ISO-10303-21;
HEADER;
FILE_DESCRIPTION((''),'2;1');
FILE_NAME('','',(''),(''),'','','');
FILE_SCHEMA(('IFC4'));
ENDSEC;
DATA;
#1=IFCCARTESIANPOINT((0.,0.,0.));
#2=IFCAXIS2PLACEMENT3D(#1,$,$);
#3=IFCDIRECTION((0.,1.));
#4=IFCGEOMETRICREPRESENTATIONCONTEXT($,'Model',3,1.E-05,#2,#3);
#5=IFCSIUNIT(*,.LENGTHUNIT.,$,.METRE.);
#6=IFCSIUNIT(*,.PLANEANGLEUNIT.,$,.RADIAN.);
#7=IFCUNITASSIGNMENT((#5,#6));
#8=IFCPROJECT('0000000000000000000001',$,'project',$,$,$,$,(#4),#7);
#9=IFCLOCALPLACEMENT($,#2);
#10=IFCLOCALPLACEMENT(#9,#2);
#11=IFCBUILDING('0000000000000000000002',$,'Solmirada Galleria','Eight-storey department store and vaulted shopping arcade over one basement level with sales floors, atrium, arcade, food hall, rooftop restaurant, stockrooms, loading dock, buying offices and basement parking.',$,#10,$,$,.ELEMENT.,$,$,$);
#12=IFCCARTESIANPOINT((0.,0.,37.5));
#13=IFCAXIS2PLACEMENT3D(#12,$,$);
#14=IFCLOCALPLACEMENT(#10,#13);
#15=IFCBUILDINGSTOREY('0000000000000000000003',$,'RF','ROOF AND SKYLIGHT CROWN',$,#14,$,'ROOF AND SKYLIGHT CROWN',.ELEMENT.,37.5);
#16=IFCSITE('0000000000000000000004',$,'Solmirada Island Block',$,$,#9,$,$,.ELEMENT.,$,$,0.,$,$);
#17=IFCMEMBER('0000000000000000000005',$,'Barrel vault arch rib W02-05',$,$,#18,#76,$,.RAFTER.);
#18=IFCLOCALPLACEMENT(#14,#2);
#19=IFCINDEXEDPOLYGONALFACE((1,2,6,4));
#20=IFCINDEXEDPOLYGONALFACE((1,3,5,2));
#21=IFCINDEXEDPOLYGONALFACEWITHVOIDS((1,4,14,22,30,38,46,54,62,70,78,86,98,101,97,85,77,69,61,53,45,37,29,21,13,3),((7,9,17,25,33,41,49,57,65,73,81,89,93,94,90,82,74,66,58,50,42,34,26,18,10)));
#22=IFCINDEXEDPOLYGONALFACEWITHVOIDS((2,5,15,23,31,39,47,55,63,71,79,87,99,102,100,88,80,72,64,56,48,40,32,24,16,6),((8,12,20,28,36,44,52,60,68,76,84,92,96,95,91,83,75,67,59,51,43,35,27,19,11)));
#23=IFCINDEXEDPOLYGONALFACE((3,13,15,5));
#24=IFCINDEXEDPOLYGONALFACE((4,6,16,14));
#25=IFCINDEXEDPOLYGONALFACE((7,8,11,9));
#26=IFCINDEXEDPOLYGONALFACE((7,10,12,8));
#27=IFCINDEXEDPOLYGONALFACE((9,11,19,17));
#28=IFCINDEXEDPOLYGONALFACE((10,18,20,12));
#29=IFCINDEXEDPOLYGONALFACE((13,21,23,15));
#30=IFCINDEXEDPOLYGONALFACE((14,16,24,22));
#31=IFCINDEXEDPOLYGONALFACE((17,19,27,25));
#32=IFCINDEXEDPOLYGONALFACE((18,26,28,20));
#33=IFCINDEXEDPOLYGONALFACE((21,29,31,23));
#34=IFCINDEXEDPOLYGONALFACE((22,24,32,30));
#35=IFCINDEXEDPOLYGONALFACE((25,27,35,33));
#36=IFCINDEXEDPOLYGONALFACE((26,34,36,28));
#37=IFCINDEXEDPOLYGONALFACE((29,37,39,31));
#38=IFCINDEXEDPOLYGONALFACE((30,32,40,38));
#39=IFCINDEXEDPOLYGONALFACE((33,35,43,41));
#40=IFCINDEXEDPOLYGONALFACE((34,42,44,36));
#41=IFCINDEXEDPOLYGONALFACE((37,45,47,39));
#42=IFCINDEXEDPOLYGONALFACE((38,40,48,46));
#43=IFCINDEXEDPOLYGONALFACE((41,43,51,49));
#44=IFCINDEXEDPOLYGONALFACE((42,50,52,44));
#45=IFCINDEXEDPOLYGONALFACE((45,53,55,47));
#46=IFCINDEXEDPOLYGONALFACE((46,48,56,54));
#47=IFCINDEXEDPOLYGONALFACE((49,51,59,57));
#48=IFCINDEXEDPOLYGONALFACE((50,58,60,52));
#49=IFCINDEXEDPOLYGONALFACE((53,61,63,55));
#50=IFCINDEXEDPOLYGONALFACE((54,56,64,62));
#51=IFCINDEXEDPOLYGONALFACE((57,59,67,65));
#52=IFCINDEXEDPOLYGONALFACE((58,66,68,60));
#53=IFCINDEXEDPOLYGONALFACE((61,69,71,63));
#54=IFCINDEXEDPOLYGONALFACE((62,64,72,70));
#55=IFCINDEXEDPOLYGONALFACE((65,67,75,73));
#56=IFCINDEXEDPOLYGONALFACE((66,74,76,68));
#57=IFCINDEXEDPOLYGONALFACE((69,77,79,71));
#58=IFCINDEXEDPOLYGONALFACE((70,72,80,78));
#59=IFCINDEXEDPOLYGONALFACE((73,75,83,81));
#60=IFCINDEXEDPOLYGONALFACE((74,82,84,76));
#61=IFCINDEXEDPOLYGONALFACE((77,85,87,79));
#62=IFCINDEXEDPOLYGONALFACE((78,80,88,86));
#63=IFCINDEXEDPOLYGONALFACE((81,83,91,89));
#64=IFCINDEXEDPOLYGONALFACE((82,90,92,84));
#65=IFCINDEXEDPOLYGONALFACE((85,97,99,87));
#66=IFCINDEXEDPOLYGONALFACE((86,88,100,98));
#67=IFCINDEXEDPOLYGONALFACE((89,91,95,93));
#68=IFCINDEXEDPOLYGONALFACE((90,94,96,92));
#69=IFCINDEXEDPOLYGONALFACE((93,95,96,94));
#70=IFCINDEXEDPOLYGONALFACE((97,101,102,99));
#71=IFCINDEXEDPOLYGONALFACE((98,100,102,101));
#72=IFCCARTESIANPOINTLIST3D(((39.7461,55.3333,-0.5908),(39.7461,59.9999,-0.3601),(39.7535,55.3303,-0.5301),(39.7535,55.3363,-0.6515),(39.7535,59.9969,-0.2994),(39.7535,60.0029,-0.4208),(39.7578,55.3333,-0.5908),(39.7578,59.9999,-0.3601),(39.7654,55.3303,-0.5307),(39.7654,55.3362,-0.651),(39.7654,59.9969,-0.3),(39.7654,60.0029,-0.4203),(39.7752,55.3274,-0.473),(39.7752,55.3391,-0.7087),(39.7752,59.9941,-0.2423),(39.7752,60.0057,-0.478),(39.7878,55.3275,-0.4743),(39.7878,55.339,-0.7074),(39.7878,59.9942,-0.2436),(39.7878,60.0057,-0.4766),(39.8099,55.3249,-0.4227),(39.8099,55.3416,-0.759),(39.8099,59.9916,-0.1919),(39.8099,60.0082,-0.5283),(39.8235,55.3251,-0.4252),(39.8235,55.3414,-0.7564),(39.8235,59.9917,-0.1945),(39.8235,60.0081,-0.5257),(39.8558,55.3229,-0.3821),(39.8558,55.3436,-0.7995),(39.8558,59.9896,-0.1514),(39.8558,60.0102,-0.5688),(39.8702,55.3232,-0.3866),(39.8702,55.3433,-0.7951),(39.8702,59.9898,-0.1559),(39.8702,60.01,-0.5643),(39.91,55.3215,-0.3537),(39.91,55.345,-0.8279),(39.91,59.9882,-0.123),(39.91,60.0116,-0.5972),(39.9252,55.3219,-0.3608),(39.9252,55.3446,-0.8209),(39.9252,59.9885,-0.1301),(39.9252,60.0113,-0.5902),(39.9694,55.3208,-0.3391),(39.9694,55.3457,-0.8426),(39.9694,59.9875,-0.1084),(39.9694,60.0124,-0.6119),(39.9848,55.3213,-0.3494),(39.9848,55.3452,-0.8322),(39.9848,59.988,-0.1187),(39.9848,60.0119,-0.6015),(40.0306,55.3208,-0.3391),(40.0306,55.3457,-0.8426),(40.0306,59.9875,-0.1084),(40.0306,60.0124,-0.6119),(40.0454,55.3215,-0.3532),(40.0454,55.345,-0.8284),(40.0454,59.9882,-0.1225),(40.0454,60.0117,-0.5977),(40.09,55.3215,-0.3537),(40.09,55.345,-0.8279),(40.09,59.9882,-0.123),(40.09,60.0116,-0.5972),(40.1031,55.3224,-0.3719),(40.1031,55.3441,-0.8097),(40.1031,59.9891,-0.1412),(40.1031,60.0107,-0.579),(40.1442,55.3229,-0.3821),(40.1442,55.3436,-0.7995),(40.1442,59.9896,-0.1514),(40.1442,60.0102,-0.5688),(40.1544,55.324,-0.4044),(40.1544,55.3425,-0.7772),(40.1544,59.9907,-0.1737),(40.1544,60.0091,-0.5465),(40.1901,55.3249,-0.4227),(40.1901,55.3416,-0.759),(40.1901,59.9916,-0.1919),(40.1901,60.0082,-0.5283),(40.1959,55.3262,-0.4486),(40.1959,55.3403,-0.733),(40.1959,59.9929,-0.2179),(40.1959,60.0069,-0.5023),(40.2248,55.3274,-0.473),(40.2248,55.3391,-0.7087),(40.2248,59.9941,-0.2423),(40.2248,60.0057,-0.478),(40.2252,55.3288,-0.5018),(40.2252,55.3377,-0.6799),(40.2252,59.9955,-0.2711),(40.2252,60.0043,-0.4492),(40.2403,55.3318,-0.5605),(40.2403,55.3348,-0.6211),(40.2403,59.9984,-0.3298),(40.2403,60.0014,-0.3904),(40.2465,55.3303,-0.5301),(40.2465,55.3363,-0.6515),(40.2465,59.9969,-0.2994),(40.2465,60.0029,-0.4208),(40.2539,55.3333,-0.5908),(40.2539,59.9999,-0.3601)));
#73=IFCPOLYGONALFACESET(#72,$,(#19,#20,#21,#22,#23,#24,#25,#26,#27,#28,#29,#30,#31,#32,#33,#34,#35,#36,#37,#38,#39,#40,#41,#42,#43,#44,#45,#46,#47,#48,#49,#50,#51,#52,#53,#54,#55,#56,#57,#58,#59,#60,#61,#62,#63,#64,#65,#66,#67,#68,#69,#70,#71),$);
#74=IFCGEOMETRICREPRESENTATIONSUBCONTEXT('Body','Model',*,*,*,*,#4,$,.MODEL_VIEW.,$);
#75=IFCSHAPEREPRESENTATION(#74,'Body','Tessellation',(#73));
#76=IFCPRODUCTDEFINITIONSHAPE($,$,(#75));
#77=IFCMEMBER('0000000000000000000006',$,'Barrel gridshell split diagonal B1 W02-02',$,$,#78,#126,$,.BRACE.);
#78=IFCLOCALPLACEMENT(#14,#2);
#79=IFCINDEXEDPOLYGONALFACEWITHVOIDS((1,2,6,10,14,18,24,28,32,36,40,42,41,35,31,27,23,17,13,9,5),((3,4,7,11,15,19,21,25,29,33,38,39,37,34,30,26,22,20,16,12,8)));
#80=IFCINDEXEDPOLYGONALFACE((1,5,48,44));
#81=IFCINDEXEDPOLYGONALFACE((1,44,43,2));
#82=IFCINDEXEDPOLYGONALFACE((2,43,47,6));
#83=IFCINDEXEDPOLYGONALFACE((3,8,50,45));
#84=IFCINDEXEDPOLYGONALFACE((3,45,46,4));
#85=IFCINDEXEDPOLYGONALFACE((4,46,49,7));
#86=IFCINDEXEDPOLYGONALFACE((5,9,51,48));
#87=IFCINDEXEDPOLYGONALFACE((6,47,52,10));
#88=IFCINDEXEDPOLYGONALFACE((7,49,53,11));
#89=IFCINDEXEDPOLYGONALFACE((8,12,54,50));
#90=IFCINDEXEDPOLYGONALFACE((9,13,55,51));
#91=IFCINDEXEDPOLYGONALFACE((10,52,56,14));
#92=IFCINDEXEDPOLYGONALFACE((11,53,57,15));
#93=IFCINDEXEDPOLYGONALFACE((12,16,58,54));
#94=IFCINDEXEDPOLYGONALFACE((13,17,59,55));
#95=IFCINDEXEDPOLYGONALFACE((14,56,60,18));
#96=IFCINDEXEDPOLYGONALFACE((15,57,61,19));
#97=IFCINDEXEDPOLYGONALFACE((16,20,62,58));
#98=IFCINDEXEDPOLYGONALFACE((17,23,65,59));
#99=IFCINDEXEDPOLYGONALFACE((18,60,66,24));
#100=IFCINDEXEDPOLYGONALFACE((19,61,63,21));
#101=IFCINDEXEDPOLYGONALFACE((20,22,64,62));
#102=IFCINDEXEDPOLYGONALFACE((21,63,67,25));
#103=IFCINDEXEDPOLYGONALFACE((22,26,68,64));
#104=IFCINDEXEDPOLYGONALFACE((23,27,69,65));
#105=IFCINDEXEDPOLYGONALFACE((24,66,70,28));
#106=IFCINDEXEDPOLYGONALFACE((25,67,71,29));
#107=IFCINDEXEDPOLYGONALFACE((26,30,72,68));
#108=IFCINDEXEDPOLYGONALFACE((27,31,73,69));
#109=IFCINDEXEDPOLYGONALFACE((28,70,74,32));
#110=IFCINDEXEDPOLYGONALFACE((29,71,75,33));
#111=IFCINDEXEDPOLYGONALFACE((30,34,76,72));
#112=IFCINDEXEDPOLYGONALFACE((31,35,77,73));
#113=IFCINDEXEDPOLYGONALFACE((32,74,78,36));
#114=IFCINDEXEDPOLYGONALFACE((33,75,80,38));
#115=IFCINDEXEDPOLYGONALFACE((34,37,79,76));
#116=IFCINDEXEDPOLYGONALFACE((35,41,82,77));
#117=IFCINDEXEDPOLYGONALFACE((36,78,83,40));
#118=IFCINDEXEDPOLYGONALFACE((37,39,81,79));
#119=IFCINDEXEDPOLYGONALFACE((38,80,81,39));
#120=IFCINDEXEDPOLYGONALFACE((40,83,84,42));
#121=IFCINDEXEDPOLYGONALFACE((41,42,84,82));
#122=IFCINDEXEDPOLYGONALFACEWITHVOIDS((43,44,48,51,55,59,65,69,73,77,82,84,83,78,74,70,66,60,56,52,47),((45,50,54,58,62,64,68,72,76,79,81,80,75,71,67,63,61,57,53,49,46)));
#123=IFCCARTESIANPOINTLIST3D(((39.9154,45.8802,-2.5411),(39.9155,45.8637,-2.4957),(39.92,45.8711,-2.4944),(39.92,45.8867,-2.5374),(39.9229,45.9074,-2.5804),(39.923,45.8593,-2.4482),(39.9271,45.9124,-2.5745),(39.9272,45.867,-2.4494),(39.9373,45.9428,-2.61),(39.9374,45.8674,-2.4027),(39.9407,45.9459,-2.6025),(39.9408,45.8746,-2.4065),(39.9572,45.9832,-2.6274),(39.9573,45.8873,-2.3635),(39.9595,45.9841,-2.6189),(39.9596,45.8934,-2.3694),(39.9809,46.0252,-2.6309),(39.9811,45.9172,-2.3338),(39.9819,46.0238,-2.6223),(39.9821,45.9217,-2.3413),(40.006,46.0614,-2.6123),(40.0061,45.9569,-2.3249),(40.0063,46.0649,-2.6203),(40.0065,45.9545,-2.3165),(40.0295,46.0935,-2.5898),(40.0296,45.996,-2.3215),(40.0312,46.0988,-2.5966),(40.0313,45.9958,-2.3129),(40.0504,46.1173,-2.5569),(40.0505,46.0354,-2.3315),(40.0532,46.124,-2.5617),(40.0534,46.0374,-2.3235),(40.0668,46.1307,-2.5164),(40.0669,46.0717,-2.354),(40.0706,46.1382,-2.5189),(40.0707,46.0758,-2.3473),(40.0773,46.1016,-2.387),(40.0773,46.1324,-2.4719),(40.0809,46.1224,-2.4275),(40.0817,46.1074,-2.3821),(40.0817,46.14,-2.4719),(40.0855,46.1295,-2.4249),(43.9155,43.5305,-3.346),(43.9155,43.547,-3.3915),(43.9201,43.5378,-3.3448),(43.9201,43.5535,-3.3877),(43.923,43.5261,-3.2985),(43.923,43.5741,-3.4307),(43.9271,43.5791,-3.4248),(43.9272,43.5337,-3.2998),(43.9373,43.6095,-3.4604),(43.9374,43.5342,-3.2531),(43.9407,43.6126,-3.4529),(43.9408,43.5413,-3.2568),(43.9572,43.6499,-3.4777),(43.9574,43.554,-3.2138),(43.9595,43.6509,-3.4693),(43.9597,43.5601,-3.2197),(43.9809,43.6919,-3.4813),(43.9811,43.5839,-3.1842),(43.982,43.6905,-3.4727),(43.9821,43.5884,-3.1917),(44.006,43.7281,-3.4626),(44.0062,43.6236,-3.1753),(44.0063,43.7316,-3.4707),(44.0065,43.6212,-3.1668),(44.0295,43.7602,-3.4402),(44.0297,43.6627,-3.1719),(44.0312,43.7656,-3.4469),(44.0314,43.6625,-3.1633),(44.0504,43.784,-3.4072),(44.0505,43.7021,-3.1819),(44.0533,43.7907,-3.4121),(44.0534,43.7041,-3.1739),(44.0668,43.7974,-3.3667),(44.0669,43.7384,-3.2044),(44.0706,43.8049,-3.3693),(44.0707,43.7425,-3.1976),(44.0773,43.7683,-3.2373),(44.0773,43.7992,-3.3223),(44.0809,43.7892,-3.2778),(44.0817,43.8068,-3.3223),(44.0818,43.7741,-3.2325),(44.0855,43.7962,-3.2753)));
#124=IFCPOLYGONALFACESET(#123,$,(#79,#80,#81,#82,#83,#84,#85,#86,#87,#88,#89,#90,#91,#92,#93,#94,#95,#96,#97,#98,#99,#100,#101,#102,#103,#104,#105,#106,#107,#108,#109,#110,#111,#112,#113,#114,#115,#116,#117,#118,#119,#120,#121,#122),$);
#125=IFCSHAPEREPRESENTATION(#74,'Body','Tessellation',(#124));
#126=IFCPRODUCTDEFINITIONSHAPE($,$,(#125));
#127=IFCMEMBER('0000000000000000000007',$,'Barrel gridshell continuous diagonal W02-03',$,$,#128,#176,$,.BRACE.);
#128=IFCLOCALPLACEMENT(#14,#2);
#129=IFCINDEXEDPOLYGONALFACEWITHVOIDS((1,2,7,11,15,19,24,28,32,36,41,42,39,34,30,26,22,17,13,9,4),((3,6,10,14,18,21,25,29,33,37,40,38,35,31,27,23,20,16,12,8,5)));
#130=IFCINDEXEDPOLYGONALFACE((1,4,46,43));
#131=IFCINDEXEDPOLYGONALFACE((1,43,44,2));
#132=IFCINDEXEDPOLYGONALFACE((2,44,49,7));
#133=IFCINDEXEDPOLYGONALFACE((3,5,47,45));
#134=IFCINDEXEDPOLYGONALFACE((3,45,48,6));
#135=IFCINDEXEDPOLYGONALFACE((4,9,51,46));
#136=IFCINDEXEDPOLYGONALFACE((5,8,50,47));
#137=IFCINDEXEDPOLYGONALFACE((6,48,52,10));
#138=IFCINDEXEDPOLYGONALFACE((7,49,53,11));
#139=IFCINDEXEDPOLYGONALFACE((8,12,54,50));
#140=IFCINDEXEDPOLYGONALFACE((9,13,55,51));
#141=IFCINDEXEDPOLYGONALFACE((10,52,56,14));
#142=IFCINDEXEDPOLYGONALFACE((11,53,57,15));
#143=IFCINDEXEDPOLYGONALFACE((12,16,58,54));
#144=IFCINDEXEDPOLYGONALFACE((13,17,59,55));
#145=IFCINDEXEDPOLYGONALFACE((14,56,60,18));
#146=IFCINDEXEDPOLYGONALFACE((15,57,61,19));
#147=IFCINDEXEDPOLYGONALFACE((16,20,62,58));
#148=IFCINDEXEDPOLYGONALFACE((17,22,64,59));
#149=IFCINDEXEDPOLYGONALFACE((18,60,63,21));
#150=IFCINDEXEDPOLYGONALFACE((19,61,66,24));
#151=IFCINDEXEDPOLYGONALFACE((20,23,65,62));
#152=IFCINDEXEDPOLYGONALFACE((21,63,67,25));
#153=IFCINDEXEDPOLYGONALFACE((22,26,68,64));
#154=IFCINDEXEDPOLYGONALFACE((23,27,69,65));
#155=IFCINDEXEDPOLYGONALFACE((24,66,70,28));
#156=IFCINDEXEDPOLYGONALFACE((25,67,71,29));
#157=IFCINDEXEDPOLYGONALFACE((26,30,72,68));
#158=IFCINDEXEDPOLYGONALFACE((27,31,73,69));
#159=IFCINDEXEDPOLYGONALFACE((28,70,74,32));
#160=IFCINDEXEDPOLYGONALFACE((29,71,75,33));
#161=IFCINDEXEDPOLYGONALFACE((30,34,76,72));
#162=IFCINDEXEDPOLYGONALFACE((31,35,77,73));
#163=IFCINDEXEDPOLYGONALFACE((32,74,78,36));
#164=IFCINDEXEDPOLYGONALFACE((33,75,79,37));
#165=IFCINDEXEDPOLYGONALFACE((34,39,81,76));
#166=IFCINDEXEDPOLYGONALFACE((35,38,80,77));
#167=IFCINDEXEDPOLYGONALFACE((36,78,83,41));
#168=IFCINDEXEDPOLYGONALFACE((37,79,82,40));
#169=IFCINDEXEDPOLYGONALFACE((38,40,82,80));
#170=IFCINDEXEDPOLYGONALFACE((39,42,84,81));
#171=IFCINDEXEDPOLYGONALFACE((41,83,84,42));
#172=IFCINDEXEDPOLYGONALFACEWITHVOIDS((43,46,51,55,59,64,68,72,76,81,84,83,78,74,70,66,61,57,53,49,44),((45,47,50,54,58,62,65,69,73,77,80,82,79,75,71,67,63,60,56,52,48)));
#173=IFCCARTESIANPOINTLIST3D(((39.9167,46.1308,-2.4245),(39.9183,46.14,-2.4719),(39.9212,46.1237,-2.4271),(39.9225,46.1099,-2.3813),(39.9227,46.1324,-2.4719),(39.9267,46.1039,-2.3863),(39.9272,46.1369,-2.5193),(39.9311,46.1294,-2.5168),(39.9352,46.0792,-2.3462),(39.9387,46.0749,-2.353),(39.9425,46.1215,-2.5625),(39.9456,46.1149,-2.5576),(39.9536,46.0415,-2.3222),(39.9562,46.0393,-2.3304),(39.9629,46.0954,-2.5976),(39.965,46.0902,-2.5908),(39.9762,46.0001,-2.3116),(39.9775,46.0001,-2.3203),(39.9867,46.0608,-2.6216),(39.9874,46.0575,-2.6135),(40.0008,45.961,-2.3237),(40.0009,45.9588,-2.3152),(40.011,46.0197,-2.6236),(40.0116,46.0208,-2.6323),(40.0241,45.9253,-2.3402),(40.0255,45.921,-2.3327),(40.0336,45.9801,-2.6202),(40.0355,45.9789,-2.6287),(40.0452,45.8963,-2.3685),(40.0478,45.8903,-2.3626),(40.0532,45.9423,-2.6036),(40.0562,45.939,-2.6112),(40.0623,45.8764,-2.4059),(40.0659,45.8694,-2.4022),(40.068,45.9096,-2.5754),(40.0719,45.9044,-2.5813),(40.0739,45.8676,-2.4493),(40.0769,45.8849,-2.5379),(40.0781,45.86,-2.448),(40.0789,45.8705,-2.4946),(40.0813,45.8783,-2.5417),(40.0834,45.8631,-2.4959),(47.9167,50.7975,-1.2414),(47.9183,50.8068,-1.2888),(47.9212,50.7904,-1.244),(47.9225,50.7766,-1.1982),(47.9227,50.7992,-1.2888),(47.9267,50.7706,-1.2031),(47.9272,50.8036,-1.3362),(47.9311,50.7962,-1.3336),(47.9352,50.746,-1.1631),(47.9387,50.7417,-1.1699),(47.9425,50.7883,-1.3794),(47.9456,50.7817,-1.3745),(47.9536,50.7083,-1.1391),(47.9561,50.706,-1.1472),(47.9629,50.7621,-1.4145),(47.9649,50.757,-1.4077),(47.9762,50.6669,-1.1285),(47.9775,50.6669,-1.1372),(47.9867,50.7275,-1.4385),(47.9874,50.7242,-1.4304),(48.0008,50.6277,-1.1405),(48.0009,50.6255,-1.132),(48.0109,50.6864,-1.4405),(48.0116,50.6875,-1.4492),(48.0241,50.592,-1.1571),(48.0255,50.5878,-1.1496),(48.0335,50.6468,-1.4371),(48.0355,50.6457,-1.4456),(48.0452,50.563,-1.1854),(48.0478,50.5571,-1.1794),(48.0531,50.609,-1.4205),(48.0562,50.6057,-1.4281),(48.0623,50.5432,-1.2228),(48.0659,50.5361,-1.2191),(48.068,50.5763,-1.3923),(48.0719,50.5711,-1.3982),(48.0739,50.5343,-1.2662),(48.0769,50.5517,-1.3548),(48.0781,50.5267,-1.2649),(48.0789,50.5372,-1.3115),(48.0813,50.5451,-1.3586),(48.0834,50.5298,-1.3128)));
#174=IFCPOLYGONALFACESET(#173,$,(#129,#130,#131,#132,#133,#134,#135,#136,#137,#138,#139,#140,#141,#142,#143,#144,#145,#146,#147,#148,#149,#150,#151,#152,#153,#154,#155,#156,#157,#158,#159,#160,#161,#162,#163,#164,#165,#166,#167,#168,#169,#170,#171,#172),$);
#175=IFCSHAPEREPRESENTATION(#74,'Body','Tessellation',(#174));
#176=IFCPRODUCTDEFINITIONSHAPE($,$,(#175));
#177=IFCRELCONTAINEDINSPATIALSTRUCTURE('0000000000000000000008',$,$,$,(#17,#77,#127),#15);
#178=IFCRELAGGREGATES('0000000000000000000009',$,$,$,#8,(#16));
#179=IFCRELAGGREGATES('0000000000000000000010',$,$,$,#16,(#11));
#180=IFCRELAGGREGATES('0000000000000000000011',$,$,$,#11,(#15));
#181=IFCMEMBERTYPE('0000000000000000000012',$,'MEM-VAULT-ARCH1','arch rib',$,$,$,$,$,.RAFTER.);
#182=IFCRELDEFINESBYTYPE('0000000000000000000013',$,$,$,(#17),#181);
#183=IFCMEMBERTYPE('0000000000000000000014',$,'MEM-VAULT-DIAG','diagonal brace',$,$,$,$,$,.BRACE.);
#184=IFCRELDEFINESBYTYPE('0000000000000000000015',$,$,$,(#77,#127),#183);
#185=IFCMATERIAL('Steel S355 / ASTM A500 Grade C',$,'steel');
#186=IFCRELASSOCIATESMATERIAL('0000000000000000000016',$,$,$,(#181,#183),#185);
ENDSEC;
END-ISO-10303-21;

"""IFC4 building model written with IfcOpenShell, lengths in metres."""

from ifc_helpers import new_model, si_unit, direction, frame, origin, origin_2d, place, context, subcontext, project, spatial, hollow_circle, extrude, material, material_profile, profile_set, type_object, element, save


model = new_model("IFC4")

# Units and contexts
model_context = context("Model", 3, precision=1e-05, world=origin(), true_north=direction((0.0, 1.0)))
body_context = subcontext(model_context, "Body", "Model", "MODEL_VIEW")
ifc_project = project(units=[si_unit("LENGTHUNIT", "METRE"), si_unit("PLANEANGLEUNIT", "RADIAN")], contexts=[model_context])

# Site, building, storey
site_placement = place(None, origin())
site = spatial("IfcSite", under=ifc_project, at=site_placement, Name="Solmirada Island Block", CompositionType="ELEMENT", RefElevation=0.0)
building_placement = place(site_placement, origin())
building = spatial("IfcBuilding", under=site, at=building_placement, Name="Solmirada Galleria", Description="Eight-storey department store and vaulted shopping arcade over one basement level with sales floors, atrium, arcade, food hall, rooftop restaurant, stockrooms, loading dock, buying offices and basement parking.", CompositionType="ELEMENT")
storey_placement = place(building_placement, frame((0.0, 0.0, 37.5)))
storey = spatial("IfcBuildingStorey", under=building, at=storey_placement, Name="RF", Description="ROOF AND SKYLIGHT CROWN", LongName="ROOF AND SKYLIGHT CROWN", CompositionType="ELEMENT", Elevation=37.5)

# Members
ifc_material_1 = material(Name="Steel S355 / ASTM A500 Grade C", Category="steel")
ifc_material_profile_1 = material_profile(ifc_material_1, hollow_circle(Radius=0.2539, WallThickness=0.0117, at=origin_2d()), Name="HSS20.000X0.500")
ifc_profile_set_1 = profile_set([ifc_material_profile_1], Name="Steel S355 / ASTM A500 Grade C")
member_type_1 = type_object("IfcMemberType", Name="MEM-VAULT-ARCH1", Description="arch rib", PredefinedType="RAFTER", material=ifc_profile_set_1)
member_1_placement = place(storey_placement, frame((40.0, 55.3333, -0.5908), z_axis=(0.0, 0.99878, 0.049377), x_axis=(-1.0, 0.0, 0.0)))
element("IfcMember", 1, at=member_1_placement, inside=storey, type_object=member_type_1, Name="Barrel vault arch rib W02-05", PredefinedType="RAFTER", context=body_context, shape_type="SweptSolid", body=[
    extrude(hollow_circle(Radius=0.2539, WallThickness=0.0117, at=origin_2d()), origin(), (0.0, 0.0, 1.0), 4.6724),
])
ifc_material_profile_2 = material_profile(ifc_material_1, hollow_circle(Radius=0.1621, WallThickness=0.0088, at=origin_2d()), Name="HSS12.750X0.375")
ifc_profile_set_2 = profile_set([ifc_material_profile_2], Name="Steel S355 / ASTM A500 Grade C")
member_type_2 = type_object("IfcMemberType", Name="MEM-VAULT-DIAG", Description="diagonal brace", PredefinedType="BRACE", material=ifc_profile_set_2)
member_2_placement = place(storey_placement, frame((40.0, 46.0, -2.4719), z_axis=(0.849582, -0.495572, -0.180609), x_axis=(0.503858, 0.863787, 0.0)))
element("IfcMember", 2, at=member_2_placement, inside=storey, type_object=member_type_2, Name="Barrel gridshell split diagonal B1 W02-02", PredefinedType="BRACE", context=body_context, shape_type="SweptSolid", body=[
    extrude(hollow_circle(Radius=0.1621, WallThickness=0.0088, at=origin_2d()), origin(), (0.0, 0.0, 1.0), 4.7083),
])
member_3_placement = place(storey_placement, frame((40.0, 46.0, -2.4719), z_axis=(0.856813, 0.499816, 0.126712), x_axis=(-0.503878, 0.863775, 0.0)))
element("IfcMember", 3, at=member_3_placement, inside=storey, type_object=member_type_2, Name="Barrel gridshell continuous diagonal W02-03", PredefinedType="BRACE", context=body_context, shape_type="SweptSolid", body=[
    extrude(hollow_circle(Radius=0.1621, WallThickness=0.0088, at=origin_2d()), origin(), (0.0, 0.0, 1.0), 9.3369),
])

save(model, "model.ifc")
